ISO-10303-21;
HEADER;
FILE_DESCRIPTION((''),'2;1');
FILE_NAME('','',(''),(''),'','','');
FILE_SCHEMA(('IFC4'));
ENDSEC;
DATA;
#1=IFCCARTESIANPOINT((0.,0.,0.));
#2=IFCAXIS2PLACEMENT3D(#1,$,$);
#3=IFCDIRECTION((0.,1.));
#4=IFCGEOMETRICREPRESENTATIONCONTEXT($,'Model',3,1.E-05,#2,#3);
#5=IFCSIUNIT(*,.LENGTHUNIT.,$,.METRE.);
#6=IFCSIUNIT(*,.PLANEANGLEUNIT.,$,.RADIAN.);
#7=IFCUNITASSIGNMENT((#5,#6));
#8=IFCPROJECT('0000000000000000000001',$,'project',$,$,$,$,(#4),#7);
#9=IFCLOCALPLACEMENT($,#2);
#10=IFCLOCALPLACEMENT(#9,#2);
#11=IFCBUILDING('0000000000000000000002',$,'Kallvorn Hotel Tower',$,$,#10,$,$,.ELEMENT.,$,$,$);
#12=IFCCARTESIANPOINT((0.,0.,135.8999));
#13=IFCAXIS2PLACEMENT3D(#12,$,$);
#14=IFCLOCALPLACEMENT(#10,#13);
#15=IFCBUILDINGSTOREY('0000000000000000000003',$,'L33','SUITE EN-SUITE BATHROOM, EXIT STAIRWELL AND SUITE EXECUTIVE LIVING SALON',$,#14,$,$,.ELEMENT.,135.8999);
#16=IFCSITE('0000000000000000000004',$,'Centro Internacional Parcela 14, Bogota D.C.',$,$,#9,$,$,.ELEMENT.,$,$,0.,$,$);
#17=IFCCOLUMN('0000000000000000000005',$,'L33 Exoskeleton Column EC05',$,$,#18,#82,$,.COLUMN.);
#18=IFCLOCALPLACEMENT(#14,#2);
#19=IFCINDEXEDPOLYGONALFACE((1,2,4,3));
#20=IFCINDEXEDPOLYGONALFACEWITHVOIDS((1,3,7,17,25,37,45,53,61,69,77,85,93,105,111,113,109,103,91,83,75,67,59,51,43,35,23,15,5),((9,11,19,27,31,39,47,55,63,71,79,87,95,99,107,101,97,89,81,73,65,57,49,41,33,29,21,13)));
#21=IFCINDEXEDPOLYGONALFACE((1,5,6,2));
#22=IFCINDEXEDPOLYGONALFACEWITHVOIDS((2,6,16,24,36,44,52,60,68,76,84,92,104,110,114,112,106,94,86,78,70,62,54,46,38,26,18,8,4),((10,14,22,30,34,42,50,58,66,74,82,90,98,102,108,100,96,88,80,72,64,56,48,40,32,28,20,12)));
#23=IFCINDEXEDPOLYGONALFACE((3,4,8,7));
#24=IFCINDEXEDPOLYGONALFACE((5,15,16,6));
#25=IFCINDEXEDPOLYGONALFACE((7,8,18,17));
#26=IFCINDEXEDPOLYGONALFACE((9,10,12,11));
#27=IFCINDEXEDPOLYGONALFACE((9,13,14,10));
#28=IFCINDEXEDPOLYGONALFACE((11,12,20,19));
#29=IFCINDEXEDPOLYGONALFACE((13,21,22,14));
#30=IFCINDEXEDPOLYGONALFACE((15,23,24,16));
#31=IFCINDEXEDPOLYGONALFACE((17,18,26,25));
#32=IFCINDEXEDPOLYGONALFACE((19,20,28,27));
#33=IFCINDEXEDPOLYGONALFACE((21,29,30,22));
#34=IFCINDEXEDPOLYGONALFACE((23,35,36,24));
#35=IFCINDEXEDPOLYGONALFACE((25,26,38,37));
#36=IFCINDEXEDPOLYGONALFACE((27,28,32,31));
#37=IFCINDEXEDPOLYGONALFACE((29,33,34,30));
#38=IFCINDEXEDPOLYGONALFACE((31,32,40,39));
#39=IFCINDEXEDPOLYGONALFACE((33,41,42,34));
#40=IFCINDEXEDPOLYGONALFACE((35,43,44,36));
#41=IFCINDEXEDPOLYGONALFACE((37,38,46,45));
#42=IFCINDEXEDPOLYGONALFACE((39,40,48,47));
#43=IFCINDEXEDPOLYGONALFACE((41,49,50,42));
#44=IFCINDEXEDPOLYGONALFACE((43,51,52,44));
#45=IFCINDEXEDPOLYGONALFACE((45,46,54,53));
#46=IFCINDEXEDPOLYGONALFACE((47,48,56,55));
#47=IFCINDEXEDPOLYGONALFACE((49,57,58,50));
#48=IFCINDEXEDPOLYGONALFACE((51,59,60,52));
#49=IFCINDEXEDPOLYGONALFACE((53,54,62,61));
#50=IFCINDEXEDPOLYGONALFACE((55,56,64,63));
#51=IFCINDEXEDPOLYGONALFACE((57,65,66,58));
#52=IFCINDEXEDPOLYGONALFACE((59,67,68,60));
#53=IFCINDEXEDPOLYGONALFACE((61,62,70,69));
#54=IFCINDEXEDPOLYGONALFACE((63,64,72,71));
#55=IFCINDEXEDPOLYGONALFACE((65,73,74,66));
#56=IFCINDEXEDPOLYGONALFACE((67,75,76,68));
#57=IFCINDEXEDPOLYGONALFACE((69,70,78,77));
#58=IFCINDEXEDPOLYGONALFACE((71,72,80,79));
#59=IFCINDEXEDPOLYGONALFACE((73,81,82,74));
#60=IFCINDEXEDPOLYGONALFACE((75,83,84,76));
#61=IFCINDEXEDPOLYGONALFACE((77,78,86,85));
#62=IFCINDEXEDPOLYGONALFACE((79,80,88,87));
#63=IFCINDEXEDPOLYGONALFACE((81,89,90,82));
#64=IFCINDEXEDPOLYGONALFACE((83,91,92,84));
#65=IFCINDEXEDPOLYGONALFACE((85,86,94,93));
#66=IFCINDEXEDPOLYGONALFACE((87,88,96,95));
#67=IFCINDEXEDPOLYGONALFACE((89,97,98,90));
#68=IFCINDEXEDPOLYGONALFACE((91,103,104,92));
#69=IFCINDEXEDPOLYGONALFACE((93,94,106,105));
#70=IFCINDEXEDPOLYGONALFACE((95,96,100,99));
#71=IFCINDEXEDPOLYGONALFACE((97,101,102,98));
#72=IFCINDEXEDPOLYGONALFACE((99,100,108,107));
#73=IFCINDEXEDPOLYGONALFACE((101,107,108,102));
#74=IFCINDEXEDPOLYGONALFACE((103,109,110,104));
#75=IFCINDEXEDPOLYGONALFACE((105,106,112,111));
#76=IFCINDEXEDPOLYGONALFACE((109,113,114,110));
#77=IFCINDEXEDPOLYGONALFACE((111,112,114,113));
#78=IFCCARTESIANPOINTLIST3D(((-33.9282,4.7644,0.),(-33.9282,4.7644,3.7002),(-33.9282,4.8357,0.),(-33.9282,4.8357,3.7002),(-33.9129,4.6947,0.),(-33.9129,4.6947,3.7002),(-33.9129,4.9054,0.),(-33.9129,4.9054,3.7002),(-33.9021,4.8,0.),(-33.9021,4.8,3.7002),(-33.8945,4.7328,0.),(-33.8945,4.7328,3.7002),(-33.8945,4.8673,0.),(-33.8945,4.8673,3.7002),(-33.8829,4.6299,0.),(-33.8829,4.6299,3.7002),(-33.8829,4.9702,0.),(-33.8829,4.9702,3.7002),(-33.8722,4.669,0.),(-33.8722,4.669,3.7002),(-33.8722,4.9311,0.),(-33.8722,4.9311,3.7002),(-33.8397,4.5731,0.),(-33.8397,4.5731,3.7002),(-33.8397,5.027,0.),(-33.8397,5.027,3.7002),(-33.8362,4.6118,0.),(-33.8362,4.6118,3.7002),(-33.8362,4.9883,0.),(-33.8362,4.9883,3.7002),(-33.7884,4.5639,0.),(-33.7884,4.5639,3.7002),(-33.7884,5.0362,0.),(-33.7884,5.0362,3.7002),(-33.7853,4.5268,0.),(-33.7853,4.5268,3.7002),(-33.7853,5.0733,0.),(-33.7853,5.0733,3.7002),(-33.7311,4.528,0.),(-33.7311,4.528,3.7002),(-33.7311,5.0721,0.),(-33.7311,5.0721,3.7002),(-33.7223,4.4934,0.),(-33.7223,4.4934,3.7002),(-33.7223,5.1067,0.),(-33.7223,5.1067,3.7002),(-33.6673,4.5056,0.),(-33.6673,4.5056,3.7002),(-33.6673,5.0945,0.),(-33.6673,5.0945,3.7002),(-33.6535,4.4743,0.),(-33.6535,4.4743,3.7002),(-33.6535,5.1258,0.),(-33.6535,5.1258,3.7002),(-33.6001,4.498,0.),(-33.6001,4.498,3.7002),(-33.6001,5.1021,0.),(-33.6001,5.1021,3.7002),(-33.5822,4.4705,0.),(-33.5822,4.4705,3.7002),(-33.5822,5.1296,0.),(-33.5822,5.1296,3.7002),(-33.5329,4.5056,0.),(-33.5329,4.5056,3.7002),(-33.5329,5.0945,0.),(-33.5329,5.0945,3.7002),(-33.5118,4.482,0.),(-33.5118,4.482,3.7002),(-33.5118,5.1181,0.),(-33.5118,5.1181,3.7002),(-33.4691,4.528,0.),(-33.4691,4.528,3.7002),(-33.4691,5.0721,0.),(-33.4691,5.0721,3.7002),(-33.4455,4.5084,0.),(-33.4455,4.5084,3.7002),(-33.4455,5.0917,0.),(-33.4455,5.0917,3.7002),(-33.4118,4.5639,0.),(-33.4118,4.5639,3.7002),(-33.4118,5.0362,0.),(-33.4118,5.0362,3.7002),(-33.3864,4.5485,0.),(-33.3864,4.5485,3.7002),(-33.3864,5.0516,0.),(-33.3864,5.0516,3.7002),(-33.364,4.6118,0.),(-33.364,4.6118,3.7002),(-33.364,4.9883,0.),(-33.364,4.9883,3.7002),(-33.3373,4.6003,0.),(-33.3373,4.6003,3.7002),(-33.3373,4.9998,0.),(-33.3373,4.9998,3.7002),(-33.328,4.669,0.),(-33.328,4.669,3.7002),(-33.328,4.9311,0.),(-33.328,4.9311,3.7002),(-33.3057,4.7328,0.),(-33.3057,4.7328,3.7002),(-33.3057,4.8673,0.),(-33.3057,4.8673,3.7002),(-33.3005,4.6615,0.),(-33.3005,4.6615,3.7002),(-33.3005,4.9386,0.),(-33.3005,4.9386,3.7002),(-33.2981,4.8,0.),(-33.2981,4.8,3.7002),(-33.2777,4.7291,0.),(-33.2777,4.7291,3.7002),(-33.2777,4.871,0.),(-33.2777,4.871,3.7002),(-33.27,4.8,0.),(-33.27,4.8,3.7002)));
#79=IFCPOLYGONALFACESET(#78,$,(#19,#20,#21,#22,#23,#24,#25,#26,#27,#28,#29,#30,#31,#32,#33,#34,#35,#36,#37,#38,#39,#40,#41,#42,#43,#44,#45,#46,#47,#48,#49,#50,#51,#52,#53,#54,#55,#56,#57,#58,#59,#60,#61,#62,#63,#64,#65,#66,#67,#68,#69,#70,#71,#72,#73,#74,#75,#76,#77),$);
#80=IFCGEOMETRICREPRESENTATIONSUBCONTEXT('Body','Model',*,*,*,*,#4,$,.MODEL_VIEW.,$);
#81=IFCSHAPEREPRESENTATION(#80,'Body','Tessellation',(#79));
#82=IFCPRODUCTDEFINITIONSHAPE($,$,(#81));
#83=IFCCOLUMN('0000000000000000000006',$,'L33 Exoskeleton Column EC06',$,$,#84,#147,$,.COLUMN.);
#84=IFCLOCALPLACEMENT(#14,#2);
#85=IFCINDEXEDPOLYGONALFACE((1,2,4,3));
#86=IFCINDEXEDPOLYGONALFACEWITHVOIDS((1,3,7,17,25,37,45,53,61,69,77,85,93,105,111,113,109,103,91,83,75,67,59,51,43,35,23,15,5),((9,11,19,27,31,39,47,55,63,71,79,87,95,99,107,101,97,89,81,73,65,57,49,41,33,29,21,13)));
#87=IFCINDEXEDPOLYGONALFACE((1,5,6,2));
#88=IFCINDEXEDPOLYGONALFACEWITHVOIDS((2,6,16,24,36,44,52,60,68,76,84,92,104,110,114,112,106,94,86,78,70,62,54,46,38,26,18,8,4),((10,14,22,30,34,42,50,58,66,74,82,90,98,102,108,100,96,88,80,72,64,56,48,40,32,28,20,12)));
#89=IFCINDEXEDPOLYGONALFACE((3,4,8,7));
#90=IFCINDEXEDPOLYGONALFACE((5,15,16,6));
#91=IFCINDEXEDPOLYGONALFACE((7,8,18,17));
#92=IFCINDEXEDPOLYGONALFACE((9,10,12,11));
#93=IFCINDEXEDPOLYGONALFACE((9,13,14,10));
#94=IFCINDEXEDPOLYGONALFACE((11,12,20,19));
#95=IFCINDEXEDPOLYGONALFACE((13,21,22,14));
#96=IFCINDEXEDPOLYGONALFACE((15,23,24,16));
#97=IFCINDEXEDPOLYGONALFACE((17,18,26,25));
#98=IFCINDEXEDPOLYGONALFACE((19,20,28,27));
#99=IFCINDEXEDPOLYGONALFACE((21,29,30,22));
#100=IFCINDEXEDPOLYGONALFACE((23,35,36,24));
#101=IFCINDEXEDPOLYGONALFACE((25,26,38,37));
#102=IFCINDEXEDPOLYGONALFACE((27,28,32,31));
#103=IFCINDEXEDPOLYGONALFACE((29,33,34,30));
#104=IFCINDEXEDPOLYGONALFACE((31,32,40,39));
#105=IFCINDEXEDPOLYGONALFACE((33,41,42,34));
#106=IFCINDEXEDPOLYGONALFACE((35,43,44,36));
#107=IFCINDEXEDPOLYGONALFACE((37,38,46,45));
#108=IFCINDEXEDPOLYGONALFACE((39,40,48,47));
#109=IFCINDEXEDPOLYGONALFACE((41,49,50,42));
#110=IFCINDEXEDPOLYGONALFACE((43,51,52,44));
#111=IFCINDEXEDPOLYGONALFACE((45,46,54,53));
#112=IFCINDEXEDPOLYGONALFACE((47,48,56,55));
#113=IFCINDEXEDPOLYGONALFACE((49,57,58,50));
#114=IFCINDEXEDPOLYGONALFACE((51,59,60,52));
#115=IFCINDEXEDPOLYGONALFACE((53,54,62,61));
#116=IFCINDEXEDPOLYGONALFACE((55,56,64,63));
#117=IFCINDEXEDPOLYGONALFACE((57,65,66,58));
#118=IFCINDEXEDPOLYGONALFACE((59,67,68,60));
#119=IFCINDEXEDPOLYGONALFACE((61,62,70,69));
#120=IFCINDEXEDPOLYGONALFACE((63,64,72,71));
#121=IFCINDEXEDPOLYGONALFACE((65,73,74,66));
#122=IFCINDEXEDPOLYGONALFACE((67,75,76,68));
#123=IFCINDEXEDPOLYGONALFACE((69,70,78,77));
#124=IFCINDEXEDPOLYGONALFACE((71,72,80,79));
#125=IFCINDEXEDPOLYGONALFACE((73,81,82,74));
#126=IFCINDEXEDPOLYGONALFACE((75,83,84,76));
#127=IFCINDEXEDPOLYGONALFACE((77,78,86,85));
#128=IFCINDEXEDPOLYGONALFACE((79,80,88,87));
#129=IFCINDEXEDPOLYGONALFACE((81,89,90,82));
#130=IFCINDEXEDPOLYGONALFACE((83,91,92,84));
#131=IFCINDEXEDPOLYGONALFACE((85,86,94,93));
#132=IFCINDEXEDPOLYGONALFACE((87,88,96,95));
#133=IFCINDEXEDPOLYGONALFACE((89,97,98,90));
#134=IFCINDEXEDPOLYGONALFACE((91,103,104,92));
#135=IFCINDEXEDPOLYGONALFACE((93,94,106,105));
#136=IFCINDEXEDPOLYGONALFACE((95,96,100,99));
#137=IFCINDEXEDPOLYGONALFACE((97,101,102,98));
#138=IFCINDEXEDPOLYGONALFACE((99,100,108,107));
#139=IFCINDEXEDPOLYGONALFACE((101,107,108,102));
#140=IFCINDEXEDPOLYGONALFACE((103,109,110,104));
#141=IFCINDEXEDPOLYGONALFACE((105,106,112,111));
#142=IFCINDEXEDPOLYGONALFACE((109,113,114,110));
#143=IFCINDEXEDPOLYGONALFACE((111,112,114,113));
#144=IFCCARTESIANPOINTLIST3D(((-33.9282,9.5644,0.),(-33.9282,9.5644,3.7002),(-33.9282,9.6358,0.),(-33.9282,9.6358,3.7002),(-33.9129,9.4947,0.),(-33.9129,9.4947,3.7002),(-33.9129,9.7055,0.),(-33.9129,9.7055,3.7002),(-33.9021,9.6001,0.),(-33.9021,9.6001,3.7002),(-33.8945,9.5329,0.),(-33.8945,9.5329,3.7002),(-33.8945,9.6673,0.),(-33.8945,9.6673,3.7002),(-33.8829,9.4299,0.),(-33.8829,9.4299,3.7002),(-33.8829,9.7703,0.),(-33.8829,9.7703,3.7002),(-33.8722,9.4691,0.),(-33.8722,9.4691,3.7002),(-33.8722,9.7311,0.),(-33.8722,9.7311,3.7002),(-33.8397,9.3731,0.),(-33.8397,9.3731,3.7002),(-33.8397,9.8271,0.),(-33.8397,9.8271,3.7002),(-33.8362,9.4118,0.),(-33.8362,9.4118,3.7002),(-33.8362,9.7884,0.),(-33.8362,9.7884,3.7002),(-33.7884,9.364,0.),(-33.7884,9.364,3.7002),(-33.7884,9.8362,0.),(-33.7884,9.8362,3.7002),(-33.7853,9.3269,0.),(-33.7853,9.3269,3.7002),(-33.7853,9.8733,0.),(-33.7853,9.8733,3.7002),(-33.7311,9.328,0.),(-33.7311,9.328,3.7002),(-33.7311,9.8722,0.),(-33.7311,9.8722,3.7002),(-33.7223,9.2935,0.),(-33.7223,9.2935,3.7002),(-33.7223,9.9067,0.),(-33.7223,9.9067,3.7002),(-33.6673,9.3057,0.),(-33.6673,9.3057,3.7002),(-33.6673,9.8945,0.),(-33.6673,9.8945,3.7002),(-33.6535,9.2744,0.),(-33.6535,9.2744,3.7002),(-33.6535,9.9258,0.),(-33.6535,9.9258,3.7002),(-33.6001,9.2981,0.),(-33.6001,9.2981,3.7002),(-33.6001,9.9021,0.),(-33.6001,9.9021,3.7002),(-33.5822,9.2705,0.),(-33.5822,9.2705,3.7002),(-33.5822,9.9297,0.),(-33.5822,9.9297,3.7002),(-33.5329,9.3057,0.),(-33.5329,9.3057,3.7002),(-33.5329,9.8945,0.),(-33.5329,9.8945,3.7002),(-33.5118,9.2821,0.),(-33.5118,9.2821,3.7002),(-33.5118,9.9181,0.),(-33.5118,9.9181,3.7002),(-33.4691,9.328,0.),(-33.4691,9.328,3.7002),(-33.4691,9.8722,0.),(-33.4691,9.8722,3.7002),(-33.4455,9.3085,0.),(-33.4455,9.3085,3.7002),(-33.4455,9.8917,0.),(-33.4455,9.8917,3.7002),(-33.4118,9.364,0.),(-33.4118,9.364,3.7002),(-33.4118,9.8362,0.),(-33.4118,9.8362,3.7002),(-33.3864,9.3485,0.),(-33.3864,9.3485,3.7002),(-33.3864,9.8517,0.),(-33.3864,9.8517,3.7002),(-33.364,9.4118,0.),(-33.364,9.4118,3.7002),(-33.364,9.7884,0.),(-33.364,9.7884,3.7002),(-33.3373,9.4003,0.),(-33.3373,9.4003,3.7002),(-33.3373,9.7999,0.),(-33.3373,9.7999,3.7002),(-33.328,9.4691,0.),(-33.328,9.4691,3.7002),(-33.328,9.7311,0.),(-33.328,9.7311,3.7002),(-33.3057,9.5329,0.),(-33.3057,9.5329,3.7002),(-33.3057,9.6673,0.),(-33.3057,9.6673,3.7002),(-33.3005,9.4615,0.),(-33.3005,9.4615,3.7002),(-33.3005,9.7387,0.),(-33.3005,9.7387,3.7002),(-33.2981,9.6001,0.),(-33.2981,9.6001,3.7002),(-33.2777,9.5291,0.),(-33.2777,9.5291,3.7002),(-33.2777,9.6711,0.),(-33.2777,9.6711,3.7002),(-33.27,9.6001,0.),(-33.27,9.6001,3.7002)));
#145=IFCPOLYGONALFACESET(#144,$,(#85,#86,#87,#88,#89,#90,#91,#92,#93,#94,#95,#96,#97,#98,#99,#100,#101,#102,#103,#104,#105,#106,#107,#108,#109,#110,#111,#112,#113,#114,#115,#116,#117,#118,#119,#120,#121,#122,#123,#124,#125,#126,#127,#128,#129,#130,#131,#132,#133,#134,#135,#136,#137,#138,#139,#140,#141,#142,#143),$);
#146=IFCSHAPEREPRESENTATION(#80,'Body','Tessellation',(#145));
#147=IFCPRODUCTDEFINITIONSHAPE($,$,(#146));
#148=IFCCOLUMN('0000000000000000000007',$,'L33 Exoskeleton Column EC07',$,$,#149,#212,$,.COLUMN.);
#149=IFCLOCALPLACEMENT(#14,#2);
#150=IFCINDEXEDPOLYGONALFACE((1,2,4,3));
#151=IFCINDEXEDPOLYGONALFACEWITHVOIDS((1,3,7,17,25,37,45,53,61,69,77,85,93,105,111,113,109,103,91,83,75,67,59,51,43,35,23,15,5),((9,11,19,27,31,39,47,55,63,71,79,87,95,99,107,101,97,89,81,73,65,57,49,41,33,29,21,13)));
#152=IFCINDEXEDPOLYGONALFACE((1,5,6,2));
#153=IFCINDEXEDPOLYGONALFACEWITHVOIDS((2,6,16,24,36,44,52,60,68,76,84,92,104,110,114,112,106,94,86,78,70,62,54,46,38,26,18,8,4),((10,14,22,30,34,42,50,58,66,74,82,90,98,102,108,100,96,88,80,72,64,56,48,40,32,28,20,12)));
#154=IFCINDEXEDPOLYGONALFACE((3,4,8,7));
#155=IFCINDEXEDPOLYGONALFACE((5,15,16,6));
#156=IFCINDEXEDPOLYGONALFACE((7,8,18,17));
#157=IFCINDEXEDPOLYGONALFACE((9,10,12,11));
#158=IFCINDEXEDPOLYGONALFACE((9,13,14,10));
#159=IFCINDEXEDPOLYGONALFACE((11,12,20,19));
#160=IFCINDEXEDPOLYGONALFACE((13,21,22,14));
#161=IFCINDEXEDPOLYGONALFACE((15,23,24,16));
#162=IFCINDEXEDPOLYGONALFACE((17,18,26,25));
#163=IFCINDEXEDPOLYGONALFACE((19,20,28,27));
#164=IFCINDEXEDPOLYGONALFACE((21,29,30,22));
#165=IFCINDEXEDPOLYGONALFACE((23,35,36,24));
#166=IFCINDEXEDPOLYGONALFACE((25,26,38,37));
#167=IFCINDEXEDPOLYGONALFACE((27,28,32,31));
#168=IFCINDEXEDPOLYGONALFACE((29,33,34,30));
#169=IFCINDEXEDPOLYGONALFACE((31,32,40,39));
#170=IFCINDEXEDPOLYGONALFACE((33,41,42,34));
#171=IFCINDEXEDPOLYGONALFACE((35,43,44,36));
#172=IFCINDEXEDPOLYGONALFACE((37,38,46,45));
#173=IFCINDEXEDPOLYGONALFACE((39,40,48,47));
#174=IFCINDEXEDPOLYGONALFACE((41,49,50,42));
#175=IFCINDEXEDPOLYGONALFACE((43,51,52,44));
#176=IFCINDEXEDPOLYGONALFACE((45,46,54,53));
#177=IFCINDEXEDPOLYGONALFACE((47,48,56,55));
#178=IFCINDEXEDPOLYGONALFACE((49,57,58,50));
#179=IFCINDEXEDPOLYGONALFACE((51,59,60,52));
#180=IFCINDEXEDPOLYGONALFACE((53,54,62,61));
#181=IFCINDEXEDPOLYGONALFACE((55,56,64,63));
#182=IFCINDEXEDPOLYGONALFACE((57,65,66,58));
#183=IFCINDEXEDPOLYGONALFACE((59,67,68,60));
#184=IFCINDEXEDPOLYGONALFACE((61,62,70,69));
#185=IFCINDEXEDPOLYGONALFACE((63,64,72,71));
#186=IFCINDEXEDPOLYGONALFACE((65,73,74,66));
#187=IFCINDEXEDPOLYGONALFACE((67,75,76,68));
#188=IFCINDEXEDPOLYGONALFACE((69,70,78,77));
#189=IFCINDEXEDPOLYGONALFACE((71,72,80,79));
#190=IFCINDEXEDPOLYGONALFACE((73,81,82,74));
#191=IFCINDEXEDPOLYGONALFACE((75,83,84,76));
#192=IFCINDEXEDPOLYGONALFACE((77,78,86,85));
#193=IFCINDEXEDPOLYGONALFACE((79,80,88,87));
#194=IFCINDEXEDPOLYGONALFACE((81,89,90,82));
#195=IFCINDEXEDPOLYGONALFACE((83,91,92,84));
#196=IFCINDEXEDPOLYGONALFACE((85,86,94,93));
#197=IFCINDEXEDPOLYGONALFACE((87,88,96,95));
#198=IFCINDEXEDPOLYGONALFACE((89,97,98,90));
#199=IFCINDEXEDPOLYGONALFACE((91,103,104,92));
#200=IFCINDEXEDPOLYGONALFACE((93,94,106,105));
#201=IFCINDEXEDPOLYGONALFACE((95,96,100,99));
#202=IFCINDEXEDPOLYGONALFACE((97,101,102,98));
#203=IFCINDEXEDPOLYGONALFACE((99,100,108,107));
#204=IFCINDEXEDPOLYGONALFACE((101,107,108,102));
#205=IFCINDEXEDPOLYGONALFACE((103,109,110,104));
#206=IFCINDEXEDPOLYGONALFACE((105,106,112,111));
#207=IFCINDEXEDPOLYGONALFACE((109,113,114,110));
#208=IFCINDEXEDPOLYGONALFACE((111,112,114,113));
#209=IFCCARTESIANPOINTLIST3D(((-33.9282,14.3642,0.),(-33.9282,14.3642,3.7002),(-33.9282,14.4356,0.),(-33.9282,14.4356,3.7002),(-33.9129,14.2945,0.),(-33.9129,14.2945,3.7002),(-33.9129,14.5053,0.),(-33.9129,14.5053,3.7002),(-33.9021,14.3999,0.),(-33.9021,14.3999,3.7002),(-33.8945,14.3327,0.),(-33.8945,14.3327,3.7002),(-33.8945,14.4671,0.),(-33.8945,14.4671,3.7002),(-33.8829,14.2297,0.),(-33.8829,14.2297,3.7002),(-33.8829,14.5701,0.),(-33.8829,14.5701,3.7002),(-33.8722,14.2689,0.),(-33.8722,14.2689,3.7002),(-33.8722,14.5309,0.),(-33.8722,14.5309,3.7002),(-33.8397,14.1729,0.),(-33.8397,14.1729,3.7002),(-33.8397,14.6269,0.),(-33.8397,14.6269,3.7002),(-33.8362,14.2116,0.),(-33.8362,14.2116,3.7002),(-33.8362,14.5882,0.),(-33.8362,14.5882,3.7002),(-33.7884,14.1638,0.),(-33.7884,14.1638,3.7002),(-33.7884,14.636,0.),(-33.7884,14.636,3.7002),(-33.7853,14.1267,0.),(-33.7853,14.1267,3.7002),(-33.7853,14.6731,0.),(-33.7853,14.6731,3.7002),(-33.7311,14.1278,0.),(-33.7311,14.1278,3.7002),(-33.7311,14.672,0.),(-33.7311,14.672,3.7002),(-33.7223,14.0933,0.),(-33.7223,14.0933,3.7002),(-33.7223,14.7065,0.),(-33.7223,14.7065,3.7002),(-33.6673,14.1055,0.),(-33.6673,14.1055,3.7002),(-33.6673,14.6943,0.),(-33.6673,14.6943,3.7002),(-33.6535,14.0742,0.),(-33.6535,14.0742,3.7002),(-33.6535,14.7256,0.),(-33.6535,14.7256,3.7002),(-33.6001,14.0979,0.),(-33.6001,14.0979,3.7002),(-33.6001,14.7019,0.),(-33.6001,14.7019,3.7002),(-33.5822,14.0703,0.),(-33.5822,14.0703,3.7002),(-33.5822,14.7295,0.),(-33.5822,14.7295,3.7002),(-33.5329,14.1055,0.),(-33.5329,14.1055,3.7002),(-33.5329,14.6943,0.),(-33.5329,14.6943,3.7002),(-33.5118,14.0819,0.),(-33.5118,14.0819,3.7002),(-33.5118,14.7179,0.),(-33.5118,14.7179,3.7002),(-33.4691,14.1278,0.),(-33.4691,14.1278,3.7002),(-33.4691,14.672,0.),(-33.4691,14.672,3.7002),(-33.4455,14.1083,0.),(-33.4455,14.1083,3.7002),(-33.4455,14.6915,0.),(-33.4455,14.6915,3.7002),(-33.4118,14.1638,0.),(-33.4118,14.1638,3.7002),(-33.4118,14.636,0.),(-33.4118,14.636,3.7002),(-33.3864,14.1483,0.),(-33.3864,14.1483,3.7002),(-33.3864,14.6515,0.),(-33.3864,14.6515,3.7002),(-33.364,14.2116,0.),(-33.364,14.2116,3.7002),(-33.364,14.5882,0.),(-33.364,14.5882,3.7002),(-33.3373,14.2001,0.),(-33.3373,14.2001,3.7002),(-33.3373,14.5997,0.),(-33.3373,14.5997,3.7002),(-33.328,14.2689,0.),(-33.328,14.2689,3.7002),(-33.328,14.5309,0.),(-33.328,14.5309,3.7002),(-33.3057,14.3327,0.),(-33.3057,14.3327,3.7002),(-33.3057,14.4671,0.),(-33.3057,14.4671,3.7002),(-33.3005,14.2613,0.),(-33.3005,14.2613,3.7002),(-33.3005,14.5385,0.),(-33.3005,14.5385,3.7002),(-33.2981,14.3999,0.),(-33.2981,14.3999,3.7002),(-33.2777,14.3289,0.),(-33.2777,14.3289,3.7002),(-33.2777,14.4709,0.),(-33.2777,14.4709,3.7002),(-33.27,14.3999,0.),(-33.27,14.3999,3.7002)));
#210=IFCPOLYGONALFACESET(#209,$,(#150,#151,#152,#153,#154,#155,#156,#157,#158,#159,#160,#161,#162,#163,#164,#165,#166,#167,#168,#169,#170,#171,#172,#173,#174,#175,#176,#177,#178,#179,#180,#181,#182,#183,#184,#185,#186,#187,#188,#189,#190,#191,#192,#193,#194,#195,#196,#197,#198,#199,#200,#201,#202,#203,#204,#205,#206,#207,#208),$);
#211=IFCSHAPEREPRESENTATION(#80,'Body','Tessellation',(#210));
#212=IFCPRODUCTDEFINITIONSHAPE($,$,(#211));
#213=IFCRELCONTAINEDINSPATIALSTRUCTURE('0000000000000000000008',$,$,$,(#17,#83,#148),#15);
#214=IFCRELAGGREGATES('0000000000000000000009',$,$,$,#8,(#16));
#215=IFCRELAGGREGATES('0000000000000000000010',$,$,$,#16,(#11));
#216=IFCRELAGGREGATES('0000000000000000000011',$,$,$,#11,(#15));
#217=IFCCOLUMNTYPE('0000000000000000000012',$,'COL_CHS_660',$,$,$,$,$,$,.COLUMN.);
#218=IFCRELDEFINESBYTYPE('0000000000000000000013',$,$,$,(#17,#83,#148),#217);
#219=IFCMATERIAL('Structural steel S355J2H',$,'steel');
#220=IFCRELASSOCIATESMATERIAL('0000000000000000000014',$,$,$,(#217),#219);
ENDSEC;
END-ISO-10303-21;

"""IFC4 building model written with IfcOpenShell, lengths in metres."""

from ifc_helpers import new_model, si_unit, direction, frame, origin, origin_2d, place, context, subcontext, project, spatial, hollow_circle, extrude, material, material_profile, profile_set, type_object, element, save


model = new_model("IFC4")

# Units and contexts
model_context = context("Model", 3, precision=1e-05, world=origin(), true_north=direction((0.0, 1.0)))
body_context = subcontext(model_context, "Body", "Model", "MODEL_VIEW")
ifc_project = project(units=[si_unit("LENGTHUNIT", "METRE"), si_unit("PLANEANGLEUNIT", "RADIAN")], contexts=[model_context])

# Site, building, storey
site_placement = place(None, origin())
site = spatial("IfcSite", under=ifc_project, at=site_placement, Name="Centro Internacional Parcela 14, Bogota D.C.", CompositionType="ELEMENT", RefElevation=0.0)
building_placement = place(site_placement, origin())
building = spatial("IfcBuilding", under=site, at=building_placement, Name="Kallvorn Hotel Tower", CompositionType="ELEMENT")
storey_placement = place(building_placement, frame((0.0, 0.0, 135.8999)))
storey = spatial("IfcBuildingStorey", under=building, at=storey_placement, Name="L33", Description="SUITE EN-SUITE BATHROOM, EXIT STAIRWELL AND SUITE EXECUTIVE LIVING SALON", CompositionType="ELEMENT", Elevation=135.8999)

# Columns
ifc_material_1 = material(Name="Structural steel S355J2H", Category="steel")
ifc_material_profile_1 = material_profile(ifc_material_1, hollow_circle(Radius=0.3301, WallThickness=0.0281, at=origin_2d()), Name="CHS 660x28")
ifc_profile_set_1 = profile_set([ifc_material_profile_1], Name="Structural steel S355J2H")
column_type_1 = type_object("IfcColumnType", Name="COL_CHS_660", PredefinedType="COLUMN", material=ifc_profile_set_1)
for number, where, z_axis, x_axis, name in (
    (1, (-33.6001, 4.8, 0.0), (0.0, 0.0, 1.0), (1.0, 0.0, 0.0), "L33 Exoskeleton Column EC05"),
    (2, (-33.6001, 9.6001, 0.0), (0.0, 0.0, 1.0), (1.0, 0.0, 0.0), "L33 Exoskeleton Column EC06"),
    (3, (-33.6001, 14.3999, 0.0), (0.0, 0.0, 1.0), (1.0, 0.0, 0.0), "L33 Exoskeleton Column EC07"),
):
    element("IfcColumn", number, at=place(storey_placement, frame(where, z_axis=z_axis, x_axis=x_axis)), inside=storey, type_object=column_type_1, Name=name, PredefinedType="COLUMN", context=body_context, shape_type="SweptSolid", body=[
        extrude(hollow_circle(Radius=0.3301, WallThickness=0.0281, at=origin_2d()), origin(), (0.0, 0.0, 1.0), 3.7002),
    ])

save(model, "model.ifc")
